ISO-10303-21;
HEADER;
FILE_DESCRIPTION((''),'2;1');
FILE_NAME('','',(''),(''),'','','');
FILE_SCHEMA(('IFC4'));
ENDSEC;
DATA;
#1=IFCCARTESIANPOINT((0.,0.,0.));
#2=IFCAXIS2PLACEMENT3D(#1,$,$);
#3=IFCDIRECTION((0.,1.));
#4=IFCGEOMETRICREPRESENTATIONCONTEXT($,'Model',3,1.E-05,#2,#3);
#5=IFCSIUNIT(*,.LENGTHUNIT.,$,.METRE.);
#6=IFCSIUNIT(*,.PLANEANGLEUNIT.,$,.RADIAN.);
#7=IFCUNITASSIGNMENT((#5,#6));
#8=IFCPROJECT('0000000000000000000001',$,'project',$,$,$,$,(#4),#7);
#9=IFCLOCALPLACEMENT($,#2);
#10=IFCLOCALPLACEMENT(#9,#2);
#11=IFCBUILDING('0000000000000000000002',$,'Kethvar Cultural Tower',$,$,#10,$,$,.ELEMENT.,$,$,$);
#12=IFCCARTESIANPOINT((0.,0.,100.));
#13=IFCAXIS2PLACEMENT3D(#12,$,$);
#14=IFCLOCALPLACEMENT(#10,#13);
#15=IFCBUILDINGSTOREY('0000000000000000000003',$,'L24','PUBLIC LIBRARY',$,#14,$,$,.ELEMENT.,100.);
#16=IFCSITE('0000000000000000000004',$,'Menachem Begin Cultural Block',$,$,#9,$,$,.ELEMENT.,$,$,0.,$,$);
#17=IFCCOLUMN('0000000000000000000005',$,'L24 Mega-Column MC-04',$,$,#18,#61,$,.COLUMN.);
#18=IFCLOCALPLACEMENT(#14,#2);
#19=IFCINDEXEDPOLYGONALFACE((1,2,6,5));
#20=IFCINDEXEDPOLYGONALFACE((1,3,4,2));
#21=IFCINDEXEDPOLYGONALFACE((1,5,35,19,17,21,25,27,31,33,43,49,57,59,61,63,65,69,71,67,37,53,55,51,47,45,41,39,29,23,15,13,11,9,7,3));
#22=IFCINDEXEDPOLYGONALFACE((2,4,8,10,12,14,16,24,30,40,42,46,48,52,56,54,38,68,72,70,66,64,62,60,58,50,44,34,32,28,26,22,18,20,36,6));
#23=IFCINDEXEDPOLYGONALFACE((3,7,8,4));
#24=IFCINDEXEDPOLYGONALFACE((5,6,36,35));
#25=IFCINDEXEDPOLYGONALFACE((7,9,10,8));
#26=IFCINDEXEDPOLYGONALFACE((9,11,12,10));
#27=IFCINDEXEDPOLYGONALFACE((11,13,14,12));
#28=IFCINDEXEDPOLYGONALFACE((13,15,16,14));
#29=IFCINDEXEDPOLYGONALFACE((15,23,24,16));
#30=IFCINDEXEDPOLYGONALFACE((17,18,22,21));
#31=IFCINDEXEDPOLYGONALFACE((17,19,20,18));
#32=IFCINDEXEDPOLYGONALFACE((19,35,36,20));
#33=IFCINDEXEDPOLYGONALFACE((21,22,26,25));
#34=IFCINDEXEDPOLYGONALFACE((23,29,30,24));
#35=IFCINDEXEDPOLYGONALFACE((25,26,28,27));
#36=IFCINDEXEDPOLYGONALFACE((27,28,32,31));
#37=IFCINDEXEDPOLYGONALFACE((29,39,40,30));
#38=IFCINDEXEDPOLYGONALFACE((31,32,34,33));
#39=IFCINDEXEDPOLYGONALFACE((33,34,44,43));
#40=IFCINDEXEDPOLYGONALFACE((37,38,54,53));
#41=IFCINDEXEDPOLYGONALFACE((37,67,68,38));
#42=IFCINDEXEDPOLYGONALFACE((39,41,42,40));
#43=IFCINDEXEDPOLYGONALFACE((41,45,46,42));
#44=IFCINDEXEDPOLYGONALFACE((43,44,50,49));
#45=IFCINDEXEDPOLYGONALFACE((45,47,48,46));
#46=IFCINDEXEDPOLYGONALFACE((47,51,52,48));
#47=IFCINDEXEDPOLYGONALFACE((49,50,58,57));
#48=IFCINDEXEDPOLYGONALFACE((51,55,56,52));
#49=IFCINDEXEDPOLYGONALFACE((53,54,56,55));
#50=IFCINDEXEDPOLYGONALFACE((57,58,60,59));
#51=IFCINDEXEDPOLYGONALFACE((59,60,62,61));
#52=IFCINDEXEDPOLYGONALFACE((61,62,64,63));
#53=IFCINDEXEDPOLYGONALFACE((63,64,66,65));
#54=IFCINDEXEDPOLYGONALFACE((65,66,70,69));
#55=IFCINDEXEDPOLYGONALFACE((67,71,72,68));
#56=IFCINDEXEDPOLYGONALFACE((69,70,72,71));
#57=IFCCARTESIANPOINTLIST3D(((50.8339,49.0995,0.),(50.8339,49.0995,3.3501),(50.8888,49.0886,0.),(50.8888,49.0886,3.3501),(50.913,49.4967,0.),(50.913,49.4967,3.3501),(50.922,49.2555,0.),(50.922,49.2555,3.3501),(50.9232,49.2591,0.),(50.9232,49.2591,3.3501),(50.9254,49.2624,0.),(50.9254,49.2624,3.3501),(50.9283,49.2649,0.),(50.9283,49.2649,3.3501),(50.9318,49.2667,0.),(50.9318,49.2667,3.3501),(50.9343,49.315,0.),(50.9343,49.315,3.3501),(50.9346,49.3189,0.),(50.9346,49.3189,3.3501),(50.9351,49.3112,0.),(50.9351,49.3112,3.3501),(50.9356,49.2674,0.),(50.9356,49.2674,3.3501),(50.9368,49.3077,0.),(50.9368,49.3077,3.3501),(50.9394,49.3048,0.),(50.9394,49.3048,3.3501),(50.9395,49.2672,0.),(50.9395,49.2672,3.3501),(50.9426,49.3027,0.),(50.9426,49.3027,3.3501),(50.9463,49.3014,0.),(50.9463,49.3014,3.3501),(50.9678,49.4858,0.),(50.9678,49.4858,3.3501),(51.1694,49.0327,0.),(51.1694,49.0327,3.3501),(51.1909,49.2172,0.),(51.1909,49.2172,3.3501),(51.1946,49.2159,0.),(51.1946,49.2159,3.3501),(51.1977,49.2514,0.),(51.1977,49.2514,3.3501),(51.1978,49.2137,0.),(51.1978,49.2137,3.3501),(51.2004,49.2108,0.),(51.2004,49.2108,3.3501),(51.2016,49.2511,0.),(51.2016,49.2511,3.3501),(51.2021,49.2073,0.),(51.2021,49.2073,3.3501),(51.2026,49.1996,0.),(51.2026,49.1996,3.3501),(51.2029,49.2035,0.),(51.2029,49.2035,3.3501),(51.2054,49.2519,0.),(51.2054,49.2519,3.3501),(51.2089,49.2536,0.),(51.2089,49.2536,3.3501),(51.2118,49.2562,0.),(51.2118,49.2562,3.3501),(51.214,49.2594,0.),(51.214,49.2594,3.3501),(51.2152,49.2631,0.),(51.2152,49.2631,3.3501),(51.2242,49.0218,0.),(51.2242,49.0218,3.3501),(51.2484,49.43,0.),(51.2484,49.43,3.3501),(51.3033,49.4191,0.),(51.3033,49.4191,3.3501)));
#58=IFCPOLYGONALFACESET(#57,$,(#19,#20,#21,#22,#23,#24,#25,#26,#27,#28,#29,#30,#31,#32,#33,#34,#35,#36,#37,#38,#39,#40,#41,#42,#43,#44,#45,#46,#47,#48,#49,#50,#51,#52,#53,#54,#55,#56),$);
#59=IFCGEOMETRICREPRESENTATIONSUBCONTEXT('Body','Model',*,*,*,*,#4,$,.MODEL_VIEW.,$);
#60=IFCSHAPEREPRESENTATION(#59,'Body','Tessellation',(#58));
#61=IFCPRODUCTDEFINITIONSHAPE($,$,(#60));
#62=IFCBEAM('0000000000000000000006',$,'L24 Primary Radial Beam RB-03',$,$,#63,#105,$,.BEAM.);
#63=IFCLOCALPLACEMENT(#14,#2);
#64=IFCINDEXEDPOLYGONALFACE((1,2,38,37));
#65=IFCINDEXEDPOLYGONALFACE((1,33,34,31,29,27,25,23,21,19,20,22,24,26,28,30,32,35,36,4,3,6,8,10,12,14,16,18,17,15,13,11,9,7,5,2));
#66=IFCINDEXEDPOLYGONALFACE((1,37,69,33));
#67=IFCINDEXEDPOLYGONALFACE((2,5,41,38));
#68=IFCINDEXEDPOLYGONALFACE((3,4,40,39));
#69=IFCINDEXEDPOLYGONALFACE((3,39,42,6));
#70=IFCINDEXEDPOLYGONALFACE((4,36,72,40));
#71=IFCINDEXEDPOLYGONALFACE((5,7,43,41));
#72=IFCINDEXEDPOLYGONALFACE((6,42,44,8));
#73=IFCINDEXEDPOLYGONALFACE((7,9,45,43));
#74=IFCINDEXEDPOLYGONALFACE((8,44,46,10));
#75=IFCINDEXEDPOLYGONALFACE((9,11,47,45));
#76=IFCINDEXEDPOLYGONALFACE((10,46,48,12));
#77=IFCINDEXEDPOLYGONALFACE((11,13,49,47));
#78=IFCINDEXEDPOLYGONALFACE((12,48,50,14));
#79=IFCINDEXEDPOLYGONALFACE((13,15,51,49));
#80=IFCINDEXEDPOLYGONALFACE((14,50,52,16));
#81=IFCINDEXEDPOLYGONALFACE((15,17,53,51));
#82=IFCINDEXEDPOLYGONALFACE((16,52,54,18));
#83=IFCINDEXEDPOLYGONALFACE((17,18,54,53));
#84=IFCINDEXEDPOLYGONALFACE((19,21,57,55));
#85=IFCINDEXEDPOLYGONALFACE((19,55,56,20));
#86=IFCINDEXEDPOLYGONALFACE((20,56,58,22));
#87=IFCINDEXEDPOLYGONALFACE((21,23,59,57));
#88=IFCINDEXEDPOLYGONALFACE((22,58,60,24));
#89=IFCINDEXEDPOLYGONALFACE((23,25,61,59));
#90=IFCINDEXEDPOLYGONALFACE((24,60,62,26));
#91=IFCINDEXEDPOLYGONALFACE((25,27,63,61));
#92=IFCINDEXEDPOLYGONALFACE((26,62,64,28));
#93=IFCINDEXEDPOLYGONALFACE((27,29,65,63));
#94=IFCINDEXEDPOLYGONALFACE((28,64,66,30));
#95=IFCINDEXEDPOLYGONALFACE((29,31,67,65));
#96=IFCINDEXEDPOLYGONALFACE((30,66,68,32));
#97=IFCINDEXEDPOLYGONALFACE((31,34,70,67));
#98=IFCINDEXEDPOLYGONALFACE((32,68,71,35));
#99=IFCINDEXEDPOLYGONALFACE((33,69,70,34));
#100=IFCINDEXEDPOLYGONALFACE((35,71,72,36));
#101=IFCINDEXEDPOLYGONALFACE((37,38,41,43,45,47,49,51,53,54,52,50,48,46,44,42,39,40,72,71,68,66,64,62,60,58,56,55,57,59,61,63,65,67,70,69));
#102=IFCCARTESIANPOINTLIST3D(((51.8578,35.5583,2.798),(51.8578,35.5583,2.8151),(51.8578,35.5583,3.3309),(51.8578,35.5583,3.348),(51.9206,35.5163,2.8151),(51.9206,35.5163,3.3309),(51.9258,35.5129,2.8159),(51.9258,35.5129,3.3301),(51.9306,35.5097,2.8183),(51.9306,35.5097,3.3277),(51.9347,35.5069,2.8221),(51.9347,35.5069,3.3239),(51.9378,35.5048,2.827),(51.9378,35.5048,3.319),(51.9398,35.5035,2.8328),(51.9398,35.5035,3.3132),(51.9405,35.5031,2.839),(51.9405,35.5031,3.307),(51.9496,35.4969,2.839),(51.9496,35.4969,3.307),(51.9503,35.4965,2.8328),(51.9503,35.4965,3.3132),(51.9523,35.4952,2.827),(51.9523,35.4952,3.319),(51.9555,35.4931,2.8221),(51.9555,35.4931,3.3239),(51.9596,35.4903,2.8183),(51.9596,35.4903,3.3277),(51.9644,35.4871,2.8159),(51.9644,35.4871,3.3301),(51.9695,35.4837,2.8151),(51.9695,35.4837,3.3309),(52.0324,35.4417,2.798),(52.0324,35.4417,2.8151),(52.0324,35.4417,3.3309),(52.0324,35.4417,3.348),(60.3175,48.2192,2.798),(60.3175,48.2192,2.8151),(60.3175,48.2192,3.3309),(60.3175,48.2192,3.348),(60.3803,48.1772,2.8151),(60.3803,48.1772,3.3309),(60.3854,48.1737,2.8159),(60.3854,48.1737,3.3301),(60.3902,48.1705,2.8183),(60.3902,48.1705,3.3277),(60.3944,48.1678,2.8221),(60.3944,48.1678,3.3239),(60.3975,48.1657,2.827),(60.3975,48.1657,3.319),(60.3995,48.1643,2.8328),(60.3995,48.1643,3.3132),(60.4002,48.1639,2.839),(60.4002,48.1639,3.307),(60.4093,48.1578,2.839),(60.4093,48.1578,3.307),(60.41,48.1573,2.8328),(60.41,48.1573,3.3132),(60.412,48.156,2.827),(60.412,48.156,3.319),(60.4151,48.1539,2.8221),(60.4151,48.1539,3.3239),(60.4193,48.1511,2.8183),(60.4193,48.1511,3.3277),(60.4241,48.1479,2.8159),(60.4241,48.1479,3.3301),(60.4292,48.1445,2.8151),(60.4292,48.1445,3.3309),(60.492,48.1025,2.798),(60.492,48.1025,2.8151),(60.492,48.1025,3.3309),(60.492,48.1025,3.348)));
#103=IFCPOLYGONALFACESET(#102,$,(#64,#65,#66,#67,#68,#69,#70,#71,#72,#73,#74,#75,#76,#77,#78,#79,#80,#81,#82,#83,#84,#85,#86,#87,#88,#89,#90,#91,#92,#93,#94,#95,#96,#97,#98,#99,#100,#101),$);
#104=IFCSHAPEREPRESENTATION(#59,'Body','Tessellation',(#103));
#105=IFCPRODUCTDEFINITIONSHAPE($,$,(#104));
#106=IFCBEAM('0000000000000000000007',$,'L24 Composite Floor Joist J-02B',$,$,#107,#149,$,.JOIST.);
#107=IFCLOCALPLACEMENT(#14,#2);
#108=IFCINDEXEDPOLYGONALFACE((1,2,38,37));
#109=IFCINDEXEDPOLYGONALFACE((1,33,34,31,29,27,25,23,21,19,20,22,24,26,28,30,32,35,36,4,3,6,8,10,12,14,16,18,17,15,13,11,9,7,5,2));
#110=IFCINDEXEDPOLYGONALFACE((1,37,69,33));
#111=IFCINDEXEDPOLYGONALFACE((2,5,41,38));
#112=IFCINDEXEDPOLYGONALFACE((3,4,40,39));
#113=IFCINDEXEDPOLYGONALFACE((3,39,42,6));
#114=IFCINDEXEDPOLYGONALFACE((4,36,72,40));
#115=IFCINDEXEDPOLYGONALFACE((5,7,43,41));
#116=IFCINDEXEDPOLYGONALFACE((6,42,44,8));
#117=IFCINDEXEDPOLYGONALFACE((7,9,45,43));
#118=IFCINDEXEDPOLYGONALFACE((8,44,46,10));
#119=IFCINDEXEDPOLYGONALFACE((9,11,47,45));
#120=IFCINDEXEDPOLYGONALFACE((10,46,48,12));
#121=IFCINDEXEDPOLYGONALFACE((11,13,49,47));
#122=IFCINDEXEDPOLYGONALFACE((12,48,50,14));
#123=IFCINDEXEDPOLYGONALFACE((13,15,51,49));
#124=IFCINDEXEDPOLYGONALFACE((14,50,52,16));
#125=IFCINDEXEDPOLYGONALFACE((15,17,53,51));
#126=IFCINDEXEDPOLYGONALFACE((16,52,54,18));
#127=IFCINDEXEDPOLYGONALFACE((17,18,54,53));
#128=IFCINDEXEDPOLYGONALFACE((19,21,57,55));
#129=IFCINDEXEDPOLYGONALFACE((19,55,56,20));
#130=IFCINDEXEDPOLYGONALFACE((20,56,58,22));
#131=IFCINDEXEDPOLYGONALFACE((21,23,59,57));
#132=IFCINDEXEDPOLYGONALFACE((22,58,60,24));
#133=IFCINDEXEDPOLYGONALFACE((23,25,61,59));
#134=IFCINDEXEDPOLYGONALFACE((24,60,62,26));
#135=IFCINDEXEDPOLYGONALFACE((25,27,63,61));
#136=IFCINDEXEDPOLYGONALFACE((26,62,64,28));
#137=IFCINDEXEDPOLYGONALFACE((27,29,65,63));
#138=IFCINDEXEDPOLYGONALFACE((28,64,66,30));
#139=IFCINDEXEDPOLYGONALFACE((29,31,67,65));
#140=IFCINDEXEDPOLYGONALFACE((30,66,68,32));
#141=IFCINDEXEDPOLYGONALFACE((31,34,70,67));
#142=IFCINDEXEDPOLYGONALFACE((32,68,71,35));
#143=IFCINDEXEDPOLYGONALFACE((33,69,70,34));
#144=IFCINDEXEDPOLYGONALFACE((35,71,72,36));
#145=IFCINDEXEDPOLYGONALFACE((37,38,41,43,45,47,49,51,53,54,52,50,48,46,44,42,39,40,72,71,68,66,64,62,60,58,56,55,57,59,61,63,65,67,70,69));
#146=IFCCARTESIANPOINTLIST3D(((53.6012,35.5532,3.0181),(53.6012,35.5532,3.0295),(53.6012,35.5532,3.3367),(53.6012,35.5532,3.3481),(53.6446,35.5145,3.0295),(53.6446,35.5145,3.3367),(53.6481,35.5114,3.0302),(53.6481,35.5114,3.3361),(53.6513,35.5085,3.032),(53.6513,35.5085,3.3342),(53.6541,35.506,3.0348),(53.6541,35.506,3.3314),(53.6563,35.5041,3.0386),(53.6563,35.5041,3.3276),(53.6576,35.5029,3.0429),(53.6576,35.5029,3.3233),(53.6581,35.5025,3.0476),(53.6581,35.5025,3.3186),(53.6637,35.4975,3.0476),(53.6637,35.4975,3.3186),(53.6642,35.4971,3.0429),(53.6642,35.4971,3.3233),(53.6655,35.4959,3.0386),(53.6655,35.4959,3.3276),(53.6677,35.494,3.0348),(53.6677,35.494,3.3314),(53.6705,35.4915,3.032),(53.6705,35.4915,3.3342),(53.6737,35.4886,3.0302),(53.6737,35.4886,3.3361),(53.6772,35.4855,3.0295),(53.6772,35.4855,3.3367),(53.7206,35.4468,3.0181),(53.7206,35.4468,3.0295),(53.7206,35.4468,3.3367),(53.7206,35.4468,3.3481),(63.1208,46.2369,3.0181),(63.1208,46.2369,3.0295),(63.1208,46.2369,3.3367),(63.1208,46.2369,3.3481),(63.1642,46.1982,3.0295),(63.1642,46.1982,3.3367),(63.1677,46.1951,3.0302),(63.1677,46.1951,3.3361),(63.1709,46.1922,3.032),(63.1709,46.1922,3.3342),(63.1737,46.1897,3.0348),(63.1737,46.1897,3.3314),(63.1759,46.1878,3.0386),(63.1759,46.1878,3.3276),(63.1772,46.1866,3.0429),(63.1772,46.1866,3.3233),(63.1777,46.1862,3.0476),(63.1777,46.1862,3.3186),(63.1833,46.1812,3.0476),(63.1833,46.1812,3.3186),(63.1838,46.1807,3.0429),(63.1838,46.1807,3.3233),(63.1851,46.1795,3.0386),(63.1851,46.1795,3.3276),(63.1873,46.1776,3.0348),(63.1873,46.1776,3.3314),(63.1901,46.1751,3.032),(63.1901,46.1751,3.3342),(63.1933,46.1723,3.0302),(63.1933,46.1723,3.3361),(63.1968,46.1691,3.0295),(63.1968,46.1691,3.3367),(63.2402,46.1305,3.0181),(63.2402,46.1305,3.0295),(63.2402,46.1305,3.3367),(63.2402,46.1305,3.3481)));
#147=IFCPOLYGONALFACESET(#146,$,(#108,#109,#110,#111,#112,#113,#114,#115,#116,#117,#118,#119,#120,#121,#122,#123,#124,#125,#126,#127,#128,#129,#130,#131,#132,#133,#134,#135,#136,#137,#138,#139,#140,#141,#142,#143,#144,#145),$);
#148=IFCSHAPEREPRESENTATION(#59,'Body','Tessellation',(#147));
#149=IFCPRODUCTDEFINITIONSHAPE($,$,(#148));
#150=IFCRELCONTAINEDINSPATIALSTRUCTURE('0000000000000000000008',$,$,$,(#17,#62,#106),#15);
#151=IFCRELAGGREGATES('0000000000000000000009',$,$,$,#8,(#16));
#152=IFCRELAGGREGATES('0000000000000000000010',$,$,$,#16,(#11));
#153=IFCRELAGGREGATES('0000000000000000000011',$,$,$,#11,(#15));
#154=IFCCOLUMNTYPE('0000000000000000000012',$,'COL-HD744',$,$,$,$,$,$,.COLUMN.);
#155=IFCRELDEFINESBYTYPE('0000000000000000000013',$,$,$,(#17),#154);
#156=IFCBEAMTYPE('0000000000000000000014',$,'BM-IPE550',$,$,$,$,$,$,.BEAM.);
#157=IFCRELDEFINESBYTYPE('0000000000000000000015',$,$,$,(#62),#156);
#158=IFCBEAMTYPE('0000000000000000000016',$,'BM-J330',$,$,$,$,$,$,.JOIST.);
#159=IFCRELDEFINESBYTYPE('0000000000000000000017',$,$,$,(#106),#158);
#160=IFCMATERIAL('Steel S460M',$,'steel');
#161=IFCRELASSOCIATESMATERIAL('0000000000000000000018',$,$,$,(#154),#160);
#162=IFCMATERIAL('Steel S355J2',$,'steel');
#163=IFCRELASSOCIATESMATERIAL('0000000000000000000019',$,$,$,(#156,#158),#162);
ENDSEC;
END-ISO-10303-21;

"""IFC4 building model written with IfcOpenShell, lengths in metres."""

from ifc_helpers import new_model, si_unit, direction, frame, origin, origin_2d, place, context, subcontext, project, spatial, i_section, extrude, source, transform, mapped, material, material_profile, profile_set, type_object, element, save


model = new_model("IFC4")

# Units and contexts
model_context = context("Model", 3, precision=1e-05, world=origin(), true_north=direction((0.0, 1.0)))
body_context = subcontext(model_context, "Body", "Model", "MODEL_VIEW")
ifc_project = project(units=[si_unit("LENGTHUNIT", "METRE"), si_unit("PLANEANGLEUNIT", "RADIAN")], contexts=[model_context])

# Site, building, storey
site_placement = place(None, origin())
site = spatial("IfcSite", under=ifc_project, at=site_placement, Name="Menachem Begin Cultural Block", CompositionType="ELEMENT", RefElevation=0.0)
building_placement = place(site_placement, origin())
building = spatial("IfcBuilding", under=site, at=building_placement, Name="Kethvar Cultural Tower", CompositionType="ELEMENT")
storey_placement = place(building_placement, frame((0.0, 0.0, 100.0)))
storey = spatial("IfcBuildingStorey", under=building, at=storey_placement, Name="L24", Description="PUBLIC LIBRARY", CompositionType="ELEMENT", Elevation=100.0)

# Column
ifc_material_1 = material(Name="Steel S460M", Category="steel")
ifc_material_profile_1 = material_profile(ifc_material_1, i_section(OverallWidth=0.405, OverallDepth=0.3979, WebThickness=0.0349, FlangeThickness=0.0559, FilletRadius=0.0149, at=origin_2d()), Name="Steel S460M — HD400x744")
ifc_profile_set_1 = profile_set([ifc_material_profile_1], Name="Steel S460M — HD400x744")
column_type = type_object("IfcColumnType", Name="COL-HD744", PredefinedType="COLUMN", material=ifc_profile_set_1)
shared_shape_1 = source(origin(), body_context, "Body", "SweptSolid", [
    extrude(i_section(OverallWidth=0.405, OverallDepth=0.3979, WebThickness=0.0349, FlangeThickness=0.0559, FilletRadius=0.0149, at=origin_2d()), origin(), (0.0, 0.0, 1.0), 3.3501),
])
column_placement = place(storey_placement, frame((51.0686, 49.2593, 0.0), z_axis=(0.0, 0.0, 1.0), x_axis=(0.19509, 0.980785, 0.0)))
element("IfcColumn", 1, at=column_placement, inside=storey, type_object=column_type, Name="L24 Mega-Column MC-04", PredefinedType="COLUMN", context=body_context, shape_type="MappedRepresentation", body=[
    mapped(shared_shape_1, transform((0.0, 0.0, 0.0), scale=1.0)),
])

# Beams
ifc_material_2 = material(Name="Steel S355J2", Category="steel")
ifc_material_profile_2 = material_profile(ifc_material_2, i_section(OverallWidth=0.21, OverallDepth=0.55, WebThickness=0.011, FlangeThickness=0.0171, FilletRadius=0.0239, at=origin_2d()), Name="Steel S355J2 — IPE550")
ifc_profile_set_2 = profile_set([ifc_material_profile_2], Name="Steel S355J2 — IPE550")
beam_type_1 = type_object("IfcBeamType", Name="BM-IPE550", PredefinedType="BEAM", material=ifc_profile_set_2)
shared_shape_2 = source(origin(), body_context, "Body", "SweptSolid", [
    extrude(i_section(OverallWidth=0.21, OverallDepth=0.55, WebThickness=0.011, FlangeThickness=0.0171, FilletRadius=0.0239, at=origin_2d()), origin(), (0.0, 0.0, 1.0), 15.2271),
])
beam_1_placement = place(storey_placement, frame((51.9451, 35.5, 3.073), z_axis=(0.555569, 0.83147, 0.0), x_axis=(-0.83147, 0.555569, 0.0)))
element("IfcBeam", 2, at=beam_1_placement, inside=storey, type_object=beam_type_1, Name="L24 Primary Radial Beam RB-03", PredefinedType="BEAM", context=body_context, shape_type="MappedRepresentation", body=[
    mapped(shared_shape_2, transform((0.0, 0.0, 0.0), scale=1.0)),
])
ifc_material_profile_3 = material_profile(ifc_material_2, i_section(OverallWidth=0.1599, OverallDepth=0.3301, WebThickness=0.0076, FlangeThickness=0.0115, FilletRadius=0.0181, at=origin_2d()), Name="Steel S355J2 — IPE330")
ifc_profile_set_3 = profile_set([ifc_material_profile_3], Name="Steel S355J2 — IPE330")
beam_type_2 = type_object("IfcBeamType", Name="BM-J330", PredefinedType="JOIST", material=ifc_profile_set_3)
shared_shape_3 = source(origin(), body_context, "Body", "SweptSolid", [
    extrude(i_section(OverallWidth=0.1599, OverallDepth=0.3301, WebThickness=0.0076, FlangeThickness=0.0115, FilletRadius=0.0181, at=origin_2d()), origin(), (0.0, 0.0, 1.0), 14.3096),
])
beam_2_placement = place(storey_placement, frame((53.6609, 35.5, 3.1831), z_axis=(0.665261, 0.746611, 0.0), x_axis=(-0.746611, 0.665261, 0.0)))
element("IfcBeam", 3, at=beam_2_placement, inside=storey, type_object=beam_type_2, Name="L24 Composite Floor Joist J-02B", PredefinedType="JOIST", context=body_context, shape_type="MappedRepresentation", body=[
    mapped(shared_shape_3, transform((0.0, 0.0, 0.0), scale=1.0)),
])

save(model, "model.ifc")
